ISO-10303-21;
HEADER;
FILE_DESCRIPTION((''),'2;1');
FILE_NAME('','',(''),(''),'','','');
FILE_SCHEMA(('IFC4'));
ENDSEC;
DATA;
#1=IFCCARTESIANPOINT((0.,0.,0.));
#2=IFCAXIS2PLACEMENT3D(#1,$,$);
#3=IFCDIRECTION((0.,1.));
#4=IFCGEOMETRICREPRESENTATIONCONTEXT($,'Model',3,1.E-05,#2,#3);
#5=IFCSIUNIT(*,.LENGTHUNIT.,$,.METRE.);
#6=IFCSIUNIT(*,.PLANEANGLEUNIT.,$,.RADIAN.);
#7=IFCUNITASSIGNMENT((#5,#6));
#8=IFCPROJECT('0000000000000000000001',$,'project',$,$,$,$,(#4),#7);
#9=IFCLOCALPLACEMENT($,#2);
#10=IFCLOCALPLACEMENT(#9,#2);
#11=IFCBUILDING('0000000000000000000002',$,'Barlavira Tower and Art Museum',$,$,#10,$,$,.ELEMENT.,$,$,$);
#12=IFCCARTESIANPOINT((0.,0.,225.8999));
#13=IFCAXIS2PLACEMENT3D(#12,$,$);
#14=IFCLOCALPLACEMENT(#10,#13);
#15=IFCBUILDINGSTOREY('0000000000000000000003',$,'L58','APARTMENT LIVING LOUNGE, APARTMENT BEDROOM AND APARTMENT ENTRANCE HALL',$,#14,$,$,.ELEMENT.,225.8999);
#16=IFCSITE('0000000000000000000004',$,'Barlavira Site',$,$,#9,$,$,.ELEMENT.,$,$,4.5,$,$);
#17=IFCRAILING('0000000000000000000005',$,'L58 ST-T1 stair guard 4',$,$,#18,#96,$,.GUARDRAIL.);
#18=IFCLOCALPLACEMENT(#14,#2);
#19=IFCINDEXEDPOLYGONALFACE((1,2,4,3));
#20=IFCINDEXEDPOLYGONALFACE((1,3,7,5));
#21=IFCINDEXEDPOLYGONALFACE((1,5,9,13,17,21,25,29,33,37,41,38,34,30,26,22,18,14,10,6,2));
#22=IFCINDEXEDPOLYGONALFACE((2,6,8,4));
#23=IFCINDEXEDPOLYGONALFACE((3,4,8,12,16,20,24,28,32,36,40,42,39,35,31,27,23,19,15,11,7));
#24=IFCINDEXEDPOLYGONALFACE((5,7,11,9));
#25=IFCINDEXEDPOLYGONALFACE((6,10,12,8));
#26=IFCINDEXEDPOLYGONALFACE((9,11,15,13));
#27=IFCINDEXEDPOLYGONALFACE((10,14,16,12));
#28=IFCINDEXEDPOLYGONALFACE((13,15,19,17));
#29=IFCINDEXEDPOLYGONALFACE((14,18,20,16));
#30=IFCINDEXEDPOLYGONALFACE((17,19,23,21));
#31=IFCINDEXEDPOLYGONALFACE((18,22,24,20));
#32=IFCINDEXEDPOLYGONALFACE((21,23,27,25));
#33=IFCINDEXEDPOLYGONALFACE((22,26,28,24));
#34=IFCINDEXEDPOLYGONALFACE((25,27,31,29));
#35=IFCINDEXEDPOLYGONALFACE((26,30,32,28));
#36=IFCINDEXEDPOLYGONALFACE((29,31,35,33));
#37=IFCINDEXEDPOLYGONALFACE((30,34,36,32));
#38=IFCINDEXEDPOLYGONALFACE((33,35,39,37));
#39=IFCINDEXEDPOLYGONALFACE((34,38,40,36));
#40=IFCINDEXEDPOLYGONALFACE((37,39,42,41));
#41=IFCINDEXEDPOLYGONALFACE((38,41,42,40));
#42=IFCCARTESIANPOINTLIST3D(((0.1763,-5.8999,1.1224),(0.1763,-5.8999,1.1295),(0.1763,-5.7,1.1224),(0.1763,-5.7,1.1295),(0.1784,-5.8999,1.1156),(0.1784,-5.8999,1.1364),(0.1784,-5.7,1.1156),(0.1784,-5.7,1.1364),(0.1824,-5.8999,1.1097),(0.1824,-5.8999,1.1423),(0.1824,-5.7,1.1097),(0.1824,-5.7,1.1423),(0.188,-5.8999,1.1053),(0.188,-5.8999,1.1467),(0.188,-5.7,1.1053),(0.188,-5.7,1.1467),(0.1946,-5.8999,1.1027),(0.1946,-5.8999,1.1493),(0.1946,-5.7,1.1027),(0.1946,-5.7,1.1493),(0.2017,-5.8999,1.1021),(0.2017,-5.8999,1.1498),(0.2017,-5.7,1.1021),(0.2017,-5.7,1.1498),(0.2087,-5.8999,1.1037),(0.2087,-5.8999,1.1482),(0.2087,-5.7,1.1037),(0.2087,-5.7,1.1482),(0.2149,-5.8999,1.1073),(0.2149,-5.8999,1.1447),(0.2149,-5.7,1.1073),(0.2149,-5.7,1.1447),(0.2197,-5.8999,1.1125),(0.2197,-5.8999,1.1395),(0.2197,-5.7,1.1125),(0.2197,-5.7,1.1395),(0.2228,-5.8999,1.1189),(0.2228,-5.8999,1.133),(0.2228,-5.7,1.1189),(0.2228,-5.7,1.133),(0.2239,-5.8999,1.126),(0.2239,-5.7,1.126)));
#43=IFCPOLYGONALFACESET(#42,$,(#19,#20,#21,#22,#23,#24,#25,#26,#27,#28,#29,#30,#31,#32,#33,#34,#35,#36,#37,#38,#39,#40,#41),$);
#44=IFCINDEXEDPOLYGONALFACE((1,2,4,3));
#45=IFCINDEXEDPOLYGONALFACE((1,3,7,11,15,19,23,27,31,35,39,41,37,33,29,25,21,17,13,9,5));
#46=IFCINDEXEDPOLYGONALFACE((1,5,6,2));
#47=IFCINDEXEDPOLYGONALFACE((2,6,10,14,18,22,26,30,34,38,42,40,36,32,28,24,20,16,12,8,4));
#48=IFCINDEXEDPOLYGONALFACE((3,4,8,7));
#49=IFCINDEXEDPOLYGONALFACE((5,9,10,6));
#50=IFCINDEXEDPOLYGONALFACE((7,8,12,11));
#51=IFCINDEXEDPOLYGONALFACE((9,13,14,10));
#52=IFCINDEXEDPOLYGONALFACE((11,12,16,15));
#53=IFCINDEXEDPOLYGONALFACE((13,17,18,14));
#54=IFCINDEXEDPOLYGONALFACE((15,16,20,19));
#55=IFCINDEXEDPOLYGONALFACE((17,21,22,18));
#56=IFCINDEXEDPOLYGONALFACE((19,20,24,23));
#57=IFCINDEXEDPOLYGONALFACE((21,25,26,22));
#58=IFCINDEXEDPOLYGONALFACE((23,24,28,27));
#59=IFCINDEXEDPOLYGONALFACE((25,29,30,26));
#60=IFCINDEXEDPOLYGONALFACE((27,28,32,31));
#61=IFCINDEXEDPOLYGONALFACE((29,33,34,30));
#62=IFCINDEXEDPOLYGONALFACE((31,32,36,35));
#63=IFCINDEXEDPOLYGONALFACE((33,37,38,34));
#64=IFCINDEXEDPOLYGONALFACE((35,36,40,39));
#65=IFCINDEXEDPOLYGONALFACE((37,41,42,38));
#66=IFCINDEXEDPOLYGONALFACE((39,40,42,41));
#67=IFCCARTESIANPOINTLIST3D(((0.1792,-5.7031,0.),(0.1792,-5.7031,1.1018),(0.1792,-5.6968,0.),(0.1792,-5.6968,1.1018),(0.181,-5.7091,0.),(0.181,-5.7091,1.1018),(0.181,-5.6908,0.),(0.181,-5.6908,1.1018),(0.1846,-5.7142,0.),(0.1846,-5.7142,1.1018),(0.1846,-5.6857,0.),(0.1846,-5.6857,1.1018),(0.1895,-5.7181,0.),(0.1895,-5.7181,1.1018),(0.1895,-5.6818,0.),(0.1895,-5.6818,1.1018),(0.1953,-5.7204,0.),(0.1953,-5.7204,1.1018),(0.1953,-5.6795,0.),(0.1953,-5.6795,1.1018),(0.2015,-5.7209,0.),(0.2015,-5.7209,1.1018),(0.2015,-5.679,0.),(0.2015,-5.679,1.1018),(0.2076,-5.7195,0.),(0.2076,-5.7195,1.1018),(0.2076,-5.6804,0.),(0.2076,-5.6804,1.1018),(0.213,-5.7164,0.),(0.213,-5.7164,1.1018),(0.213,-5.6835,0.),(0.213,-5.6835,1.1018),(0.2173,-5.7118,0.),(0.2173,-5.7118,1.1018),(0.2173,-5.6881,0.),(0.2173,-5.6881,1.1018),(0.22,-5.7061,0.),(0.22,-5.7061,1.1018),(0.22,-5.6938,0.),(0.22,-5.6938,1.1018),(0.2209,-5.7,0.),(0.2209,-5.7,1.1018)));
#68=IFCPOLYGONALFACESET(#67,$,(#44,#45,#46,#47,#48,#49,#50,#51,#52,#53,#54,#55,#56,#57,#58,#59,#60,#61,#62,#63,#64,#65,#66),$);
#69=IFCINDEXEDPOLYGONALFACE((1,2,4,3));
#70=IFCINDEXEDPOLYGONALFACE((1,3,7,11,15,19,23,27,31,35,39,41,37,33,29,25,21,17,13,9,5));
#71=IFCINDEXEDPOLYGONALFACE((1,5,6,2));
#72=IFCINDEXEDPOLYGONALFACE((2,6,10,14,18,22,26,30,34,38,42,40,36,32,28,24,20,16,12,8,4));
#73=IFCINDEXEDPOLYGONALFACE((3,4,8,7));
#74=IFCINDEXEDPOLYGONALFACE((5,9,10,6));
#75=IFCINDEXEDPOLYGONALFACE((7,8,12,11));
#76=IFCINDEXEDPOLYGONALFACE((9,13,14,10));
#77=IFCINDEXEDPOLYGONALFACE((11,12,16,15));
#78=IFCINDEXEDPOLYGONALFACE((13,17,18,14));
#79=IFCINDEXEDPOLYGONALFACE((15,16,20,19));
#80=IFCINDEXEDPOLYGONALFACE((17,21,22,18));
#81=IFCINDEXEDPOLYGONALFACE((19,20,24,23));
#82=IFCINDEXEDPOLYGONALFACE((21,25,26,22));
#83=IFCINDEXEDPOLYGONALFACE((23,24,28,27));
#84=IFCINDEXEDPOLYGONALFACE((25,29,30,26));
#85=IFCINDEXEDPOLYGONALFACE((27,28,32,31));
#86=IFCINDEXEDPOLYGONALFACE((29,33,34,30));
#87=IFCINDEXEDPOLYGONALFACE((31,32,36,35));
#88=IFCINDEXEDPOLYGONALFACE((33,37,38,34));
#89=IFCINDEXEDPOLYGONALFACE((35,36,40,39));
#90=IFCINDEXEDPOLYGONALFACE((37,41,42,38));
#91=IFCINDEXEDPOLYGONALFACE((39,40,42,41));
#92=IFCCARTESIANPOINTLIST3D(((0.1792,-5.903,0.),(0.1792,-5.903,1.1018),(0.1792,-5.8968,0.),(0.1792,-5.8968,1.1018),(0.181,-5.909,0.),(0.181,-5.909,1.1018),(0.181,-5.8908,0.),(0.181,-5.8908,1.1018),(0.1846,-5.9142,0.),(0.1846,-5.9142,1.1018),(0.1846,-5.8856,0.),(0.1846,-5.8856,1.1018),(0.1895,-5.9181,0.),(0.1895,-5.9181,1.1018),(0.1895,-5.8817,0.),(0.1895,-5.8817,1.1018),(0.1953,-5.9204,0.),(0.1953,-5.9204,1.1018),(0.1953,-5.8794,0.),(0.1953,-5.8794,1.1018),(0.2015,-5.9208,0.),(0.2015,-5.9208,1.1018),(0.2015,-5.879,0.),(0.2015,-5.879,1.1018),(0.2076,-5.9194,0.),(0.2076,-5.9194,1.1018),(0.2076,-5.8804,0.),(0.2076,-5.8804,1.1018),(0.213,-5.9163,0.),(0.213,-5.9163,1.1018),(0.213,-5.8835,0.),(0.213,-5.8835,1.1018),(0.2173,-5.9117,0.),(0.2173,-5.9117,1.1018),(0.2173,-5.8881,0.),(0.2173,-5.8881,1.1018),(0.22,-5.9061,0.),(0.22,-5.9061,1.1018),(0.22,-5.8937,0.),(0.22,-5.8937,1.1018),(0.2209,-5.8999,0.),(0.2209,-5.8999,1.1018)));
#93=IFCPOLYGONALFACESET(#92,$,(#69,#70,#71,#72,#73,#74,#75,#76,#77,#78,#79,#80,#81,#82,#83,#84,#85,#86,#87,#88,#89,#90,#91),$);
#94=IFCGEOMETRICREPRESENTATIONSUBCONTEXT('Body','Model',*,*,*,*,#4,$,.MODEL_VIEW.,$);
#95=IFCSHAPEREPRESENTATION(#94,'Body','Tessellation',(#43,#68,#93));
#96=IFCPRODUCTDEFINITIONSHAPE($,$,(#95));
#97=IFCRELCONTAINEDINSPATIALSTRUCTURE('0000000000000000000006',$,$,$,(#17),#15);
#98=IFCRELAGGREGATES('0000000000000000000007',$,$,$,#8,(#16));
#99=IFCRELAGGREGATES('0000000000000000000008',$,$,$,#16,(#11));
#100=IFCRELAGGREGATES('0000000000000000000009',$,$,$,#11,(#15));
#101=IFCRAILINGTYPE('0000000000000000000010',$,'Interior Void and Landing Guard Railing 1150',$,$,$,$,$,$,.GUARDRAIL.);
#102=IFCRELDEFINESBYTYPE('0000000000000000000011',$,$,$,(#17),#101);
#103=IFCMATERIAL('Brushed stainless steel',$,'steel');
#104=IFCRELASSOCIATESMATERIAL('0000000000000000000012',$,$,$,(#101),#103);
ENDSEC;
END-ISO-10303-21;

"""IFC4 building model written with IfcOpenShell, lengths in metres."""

from ifc_helpers import new_model, si_unit, direction, frame, origin, origin_2d, place, context, subcontext, project, spatial, circle, extrude, material, type_object, element, save


model = new_model("IFC4")

# Units and contexts
model_context = context("Model", 3, precision=1e-05, world=origin(), true_north=direction((0.0, 1.0)))
body_context = subcontext(model_context, "Body", "Model", "MODEL_VIEW")
ifc_project = project(units=[si_unit("LENGTHUNIT", "METRE"), si_unit("PLANEANGLEUNIT", "RADIAN")], contexts=[model_context])

# Site, building, storey
site_placement = place(None, origin())
site = spatial("IfcSite", under=ifc_project, at=site_placement, Name="Barlavira Site", CompositionType="ELEMENT", RefElevation=4.5)
building_placement = place(site_placement, origin())
building = spatial("IfcBuilding", under=site, at=building_placement, Name="Barlavira Tower and Art Museum", CompositionType="ELEMENT")
storey_placement = place(building_placement, frame((0.0, 0.0, 225.8999)))
storey = spatial("IfcBuildingStorey", under=building, at=storey_placement, Name="L58", Description="APARTMENT LIVING LOUNGE, APARTMENT BEDROOM AND APARTMENT ENTRANCE HALL", CompositionType="ELEMENT", Elevation=225.8999)

# Shared definitions
ifc_material_1 = material(Name="Brushed stainless steel", Category="steel")

# Railing
railing_type_1 = type_object("IfcRailingType", Name="Interior Void and Landing Guard Railing 1150", PredefinedType="GUARDRAIL", material=ifc_material_1)
railing_1_placement = place(storey_placement, frame((0.2, -5.7, 0.0)))
element("IfcRailing", 1, at=railing_1_placement, inside=storey, type_object=railing_type_1, Name="L58 ST-T1 stair guard 4", PredefinedType="GUARDRAIL", context=body_context, shape_type="SweptSolid", body=[
    extrude(circle(Radius=0.0239, at=origin_2d()), frame((0.0, 0.0, 1.126), z_axis=(0.0, -1.0, 0.0), x_axis=(1.0, 0.0, 0.0)), (0.0, 0.0, 1.0), 0.2),
    extrude(circle(Radius=0.021, at=origin_2d()), origin(), (0.0, 0.0, 1.0), 1.1018),
    extrude(circle(Radius=0.021, at=origin_2d()), frame((0.0, -0.2, 0.0)), (0.0, 0.0, 1.0), 1.1018),
])

save(model, "model.ifc")
